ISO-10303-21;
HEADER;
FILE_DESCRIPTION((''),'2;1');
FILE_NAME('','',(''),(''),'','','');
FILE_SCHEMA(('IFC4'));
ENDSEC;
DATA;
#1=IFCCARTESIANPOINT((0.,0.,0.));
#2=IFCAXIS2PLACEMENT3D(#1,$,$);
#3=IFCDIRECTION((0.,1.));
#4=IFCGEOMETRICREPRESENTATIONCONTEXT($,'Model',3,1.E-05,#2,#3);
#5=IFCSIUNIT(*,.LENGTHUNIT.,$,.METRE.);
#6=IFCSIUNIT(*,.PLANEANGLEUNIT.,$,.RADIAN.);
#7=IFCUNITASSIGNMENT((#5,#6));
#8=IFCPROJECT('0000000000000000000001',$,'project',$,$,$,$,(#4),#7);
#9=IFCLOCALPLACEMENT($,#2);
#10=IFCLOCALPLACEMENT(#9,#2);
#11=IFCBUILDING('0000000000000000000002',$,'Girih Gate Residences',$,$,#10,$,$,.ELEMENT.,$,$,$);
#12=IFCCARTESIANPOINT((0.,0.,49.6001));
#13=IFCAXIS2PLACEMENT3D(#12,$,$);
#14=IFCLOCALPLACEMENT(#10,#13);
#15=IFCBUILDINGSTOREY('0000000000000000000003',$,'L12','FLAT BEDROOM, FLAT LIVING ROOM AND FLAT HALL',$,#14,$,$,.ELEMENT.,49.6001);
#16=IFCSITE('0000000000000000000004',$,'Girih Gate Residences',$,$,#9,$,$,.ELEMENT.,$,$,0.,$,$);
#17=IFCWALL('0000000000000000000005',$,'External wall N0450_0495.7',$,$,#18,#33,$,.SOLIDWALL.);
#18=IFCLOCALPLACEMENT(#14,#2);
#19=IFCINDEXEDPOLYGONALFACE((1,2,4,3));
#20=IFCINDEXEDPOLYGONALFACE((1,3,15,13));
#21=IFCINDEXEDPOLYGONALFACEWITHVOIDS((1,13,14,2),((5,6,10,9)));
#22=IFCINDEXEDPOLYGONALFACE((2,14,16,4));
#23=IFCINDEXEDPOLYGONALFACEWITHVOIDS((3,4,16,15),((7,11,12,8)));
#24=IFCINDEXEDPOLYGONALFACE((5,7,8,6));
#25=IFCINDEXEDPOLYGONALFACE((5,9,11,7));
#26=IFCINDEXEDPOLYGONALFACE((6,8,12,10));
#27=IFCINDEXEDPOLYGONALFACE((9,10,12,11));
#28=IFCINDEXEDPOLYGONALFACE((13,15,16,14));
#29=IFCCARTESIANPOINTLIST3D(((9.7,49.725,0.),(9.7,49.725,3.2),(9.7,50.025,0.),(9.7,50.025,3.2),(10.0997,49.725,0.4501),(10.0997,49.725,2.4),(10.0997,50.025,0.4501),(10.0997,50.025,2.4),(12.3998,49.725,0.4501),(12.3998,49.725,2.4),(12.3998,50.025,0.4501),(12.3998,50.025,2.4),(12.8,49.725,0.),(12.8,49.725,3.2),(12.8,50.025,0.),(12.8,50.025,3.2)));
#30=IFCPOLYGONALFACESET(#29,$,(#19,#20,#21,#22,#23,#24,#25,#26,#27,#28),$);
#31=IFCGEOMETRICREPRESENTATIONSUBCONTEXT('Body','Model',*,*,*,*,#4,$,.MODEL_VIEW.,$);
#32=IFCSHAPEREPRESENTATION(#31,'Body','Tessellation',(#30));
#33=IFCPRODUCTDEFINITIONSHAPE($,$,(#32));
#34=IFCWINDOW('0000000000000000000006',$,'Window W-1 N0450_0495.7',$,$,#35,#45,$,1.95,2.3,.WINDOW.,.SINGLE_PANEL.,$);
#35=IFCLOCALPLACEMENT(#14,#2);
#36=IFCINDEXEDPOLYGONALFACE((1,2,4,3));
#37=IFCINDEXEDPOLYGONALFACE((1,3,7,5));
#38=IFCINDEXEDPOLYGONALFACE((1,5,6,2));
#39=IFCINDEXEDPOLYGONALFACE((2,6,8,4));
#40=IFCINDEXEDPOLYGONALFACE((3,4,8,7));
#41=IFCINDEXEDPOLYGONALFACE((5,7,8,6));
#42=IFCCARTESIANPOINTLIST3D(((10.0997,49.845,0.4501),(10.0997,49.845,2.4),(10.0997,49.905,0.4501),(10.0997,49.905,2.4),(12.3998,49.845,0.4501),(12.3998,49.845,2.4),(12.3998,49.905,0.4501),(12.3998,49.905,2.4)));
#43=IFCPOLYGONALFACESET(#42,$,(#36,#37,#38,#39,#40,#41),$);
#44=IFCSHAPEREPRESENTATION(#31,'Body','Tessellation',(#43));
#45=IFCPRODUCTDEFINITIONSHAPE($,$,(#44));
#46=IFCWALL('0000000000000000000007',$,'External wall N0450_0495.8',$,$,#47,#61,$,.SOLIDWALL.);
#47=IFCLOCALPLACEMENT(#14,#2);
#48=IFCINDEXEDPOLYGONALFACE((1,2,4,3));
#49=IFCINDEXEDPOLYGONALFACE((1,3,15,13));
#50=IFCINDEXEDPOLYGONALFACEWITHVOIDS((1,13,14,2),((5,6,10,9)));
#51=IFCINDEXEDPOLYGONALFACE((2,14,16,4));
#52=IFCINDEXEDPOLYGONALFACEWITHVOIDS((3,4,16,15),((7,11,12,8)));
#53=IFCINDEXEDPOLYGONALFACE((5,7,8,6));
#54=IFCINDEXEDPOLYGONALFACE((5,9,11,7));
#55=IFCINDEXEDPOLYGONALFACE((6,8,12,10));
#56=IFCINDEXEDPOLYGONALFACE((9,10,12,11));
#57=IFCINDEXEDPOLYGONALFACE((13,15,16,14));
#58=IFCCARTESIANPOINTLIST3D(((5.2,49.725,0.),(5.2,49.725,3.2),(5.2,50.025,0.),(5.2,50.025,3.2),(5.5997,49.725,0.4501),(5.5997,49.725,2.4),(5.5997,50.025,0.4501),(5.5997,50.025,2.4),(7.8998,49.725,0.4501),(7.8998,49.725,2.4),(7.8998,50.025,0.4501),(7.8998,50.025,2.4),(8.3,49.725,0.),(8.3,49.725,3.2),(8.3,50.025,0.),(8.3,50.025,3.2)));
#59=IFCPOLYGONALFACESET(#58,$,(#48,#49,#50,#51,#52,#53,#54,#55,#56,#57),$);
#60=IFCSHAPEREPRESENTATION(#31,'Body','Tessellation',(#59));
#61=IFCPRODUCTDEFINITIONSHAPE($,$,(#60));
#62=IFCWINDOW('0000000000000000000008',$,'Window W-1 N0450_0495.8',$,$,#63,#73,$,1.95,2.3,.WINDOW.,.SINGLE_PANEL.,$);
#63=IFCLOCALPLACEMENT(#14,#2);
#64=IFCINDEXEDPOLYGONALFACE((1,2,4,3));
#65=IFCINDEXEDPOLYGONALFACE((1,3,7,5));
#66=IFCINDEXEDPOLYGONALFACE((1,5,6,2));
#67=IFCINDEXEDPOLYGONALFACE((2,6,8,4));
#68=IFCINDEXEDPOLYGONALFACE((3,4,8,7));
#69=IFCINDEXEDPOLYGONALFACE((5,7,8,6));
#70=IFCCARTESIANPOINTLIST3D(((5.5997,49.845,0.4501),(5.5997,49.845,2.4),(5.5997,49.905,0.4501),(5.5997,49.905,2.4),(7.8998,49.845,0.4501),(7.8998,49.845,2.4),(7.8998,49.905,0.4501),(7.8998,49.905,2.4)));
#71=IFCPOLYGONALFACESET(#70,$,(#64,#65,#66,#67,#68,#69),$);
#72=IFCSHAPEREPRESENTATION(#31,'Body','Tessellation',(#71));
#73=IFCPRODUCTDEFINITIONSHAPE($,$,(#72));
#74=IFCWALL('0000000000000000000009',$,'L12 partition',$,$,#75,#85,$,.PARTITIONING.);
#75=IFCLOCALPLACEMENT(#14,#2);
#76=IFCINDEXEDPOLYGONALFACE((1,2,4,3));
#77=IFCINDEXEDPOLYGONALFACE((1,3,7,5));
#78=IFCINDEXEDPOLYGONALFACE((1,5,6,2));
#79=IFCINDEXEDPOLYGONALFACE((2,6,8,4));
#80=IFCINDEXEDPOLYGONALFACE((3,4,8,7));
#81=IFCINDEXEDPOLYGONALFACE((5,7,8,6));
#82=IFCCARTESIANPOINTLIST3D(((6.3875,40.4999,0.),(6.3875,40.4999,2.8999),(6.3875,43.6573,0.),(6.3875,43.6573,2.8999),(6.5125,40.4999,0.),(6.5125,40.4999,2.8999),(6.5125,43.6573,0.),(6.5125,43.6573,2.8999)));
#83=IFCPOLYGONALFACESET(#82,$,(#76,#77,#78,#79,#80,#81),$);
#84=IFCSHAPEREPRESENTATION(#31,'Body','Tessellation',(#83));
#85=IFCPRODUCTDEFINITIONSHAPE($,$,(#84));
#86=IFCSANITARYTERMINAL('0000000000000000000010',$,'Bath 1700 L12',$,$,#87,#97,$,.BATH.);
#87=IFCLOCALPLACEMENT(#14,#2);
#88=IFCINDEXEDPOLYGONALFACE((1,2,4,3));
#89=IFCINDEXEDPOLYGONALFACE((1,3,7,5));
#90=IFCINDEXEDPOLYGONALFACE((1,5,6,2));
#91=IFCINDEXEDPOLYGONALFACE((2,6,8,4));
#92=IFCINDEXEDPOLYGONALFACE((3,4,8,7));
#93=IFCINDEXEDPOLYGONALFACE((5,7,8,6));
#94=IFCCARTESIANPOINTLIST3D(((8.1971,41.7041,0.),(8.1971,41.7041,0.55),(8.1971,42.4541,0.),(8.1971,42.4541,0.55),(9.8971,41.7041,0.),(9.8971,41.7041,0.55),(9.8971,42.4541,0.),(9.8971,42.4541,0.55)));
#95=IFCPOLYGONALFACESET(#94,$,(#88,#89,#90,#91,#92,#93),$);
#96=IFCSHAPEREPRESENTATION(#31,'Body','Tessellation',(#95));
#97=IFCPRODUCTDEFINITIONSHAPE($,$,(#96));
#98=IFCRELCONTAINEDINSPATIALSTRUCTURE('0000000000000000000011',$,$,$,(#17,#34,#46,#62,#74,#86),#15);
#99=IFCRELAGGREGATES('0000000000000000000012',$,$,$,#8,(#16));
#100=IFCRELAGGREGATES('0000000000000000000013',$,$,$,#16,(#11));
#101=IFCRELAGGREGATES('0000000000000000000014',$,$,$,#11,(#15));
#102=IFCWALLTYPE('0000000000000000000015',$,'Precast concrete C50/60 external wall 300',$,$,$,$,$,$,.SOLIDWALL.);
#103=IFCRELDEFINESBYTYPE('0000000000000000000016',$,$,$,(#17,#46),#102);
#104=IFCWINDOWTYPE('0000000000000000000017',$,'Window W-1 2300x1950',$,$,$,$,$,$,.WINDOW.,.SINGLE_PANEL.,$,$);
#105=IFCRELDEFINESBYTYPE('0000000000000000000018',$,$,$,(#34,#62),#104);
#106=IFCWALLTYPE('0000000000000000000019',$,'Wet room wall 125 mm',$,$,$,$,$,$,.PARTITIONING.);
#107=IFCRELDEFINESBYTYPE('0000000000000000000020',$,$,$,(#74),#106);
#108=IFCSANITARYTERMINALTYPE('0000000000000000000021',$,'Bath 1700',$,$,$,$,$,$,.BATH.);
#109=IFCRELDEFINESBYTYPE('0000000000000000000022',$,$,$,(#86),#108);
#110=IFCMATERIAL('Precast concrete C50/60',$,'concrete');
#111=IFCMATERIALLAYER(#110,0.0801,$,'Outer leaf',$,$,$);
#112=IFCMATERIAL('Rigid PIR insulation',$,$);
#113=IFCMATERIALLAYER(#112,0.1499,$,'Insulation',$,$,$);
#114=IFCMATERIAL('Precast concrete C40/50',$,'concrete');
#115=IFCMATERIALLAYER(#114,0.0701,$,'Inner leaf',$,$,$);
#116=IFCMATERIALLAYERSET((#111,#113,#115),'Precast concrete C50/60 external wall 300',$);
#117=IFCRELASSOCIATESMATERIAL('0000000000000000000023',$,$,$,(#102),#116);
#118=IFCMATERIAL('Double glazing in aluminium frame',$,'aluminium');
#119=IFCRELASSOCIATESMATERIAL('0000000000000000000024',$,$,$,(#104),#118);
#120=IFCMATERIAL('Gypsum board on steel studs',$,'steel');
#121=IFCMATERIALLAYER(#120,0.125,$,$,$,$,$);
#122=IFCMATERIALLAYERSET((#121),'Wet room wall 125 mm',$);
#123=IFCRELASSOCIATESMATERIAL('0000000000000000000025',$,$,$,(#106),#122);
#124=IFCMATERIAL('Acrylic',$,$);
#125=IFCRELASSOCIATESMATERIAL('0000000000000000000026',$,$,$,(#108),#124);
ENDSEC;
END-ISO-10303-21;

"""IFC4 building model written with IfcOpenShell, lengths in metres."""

from ifc_helpers import new_model, si_unit, direction, frame, frame_2d, origin, origin_2d, place, context, subcontext, project, spatial, rectangle, extrude, material, layer, layer_set, type_object, element, fill, save


model = new_model("IFC4")

# Units and contexts
model_context = context("Model", 3, precision=1e-05, world=origin(), true_north=direction((0.0, 1.0)))
body_context = subcontext(model_context, "Body", "Model", "MODEL_VIEW")
ifc_project = project(units=[si_unit("LENGTHUNIT", "METRE"), si_unit("PLANEANGLEUNIT", "RADIAN")], contexts=[model_context])

# Site, building, storey
site_placement = place(None, origin())
site = spatial("IfcSite", under=ifc_project, at=site_placement, Name="Girih Gate Residences", CompositionType="ELEMENT", RefElevation=0.0)
building_placement = place(site_placement, origin())
building = spatial("IfcBuilding", under=site, at=building_placement, Name="Girih Gate Residences", CompositionType="ELEMENT")
storey_placement = place(building_placement, frame((0.0, 0.0, 49.6001)))
storey = spatial("IfcBuildingStorey", under=building, at=storey_placement, Name="L12", Description="FLAT BEDROOM, FLAT LIVING ROOM AND FLAT HALL", CompositionType="ELEMENT", Elevation=49.6001)

# Shared definitions
ifc_material_1 = material(Name="Gypsum board on steel studs", Category="steel")

# Walls, openings, windows
ifc_material_2 = material(Name="Precast concrete C50/60", Category="concrete")
ifc_layer_1 = layer(ifc_material_2, 0.0801, Name="Outer leaf")
ifc_material_3 = material(Name="Rigid PIR insulation")
ifc_layer_2 = layer(ifc_material_3, 0.1499, Name="Insulation")
ifc_material_4 = material(Name="Precast concrete C40/50", Category="concrete")
ifc_layer_3 = layer(ifc_material_4, 0.0701, Name="Inner leaf")
ifc_layer_set_1 = layer_set([ifc_layer_1, ifc_layer_2, ifc_layer_3], Name="Precast concrete C50/60 external wall 300")
wall_type_1 = type_object("IfcWallType", Name="Precast concrete C50/60 external wall 300", PredefinedType="SOLIDWALL", material=ifc_layer_set_1)
wall_1_placement = place(storey_placement, frame((9.7, 49.875, 0.0), z_axis=(0.0, 0.0, 1.0), x_axis=(1.0, 0.0, 0.0)))
wall_1 = element("IfcWall", 1, at=wall_1_placement, inside=storey, type_object=wall_type_1, Name="External wall N0450_0495.7", PredefinedType="SOLIDWALL", context=body_context, shape_type="SweptSolid", body=[
    extrude(rectangle(XDim=3.1001, YDim=0.3, at=frame_2d((1.55, 0.0))), origin(), (0.0, 0.0, 1.0), 3.2),
])
opening_1_placement = place(wall_1_placement, frame((0.3999, 0.0, 0.45)))
opening_1 = element("IfcOpeningElement", 2, at=opening_1_placement, cuts=wall_1, PredefinedType="OPENING", context=body_context, shape_type="SweptSolid", body=[
    extrude(rectangle(XDim=2.3, YDim=1.95, at=frame_2d((1.1499, 0.9751))), frame((0.0, 0.1599, 0.0), z_axis=(0.0, -1.0, 0.0), x_axis=(1.0, 0.0, 0.0)), (0.0, 0.0, 1.0), 0.3201),
])
ifc_material_5 = material(Name="Double glazing in aluminium frame", Category="aluminium")
window_type = type_object("IfcWindowType", Name="Window W-1 2300x1950", PartitioningType="SINGLE_PANEL", PredefinedType="WINDOW", material=ifc_material_5)
window_1_placement = place(opening_1_placement, origin())
window_1 = element("IfcWindow", 3, at=window_1_placement, inside=storey, type_object=window_type, Name="Window W-1 N0450_0495.7", OverallHeight=1.95, OverallWidth=2.3, PartitioningType="SINGLE_PANEL", PredefinedType="WINDOW", context=body_context, shape_type="SweptSolid", body=[
    extrude(rectangle(XDim=2.3, YDim=1.95, at=frame_2d((1.1499, 0.9751))), frame((0.0, 0.03, 0.0), z_axis=(0.0, -1.0, 0.0), x_axis=(1.0, 0.0, 0.0)), (0.0, 0.0, 1.0), 0.0601),
])
fill(opening_1, window_1)
wall_2_placement = place(storey_placement, frame((5.2, 49.875, 0.0), z_axis=(0.0, 0.0, 1.0), x_axis=(1.0, 0.0, 0.0)))
wall_2 = element("IfcWall", 4, at=wall_2_placement, inside=storey, type_object=wall_type_1, Name="External wall N0450_0495.8", PredefinedType="SOLIDWALL", context=body_context, shape_type="SweptSolid", body=[
    extrude(rectangle(XDim=3.1001, YDim=0.3, at=frame_2d((1.55, 0.0))), origin(), (0.0, 0.0, 1.0), 3.2),
])
opening_2_placement = place(wall_2_placement, frame((0.3999, 0.0, 0.45)))
opening_2 = element("IfcOpeningElement", 5, at=opening_2_placement, cuts=wall_2, PredefinedType="OPENING", context=body_context, shape_type="SweptSolid", body=[
    extrude(rectangle(XDim=2.3, YDim=1.95, at=frame_2d((1.1499, 0.9751))), frame((0.0, 0.1599, 0.0), z_axis=(0.0, -1.0, 0.0), x_axis=(1.0, 0.0, 0.0)), (0.0, 0.0, 1.0), 0.3201),
])
window_2_placement = place(opening_2_placement, origin())
window_2 = element("IfcWindow", 6, at=window_2_placement, inside=storey, type_object=window_type, Name="Window W-1 N0450_0495.8", OverallHeight=1.95, OverallWidth=2.3, PartitioningType="SINGLE_PANEL", PredefinedType="WINDOW", context=body_context, shape_type="SweptSolid", body=[
    extrude(rectangle(XDim=2.3, YDim=1.95, at=frame_2d((1.1499, 0.9751))), frame((0.0, 0.03, 0.0), z_axis=(0.0, -1.0, 0.0), x_axis=(1.0, 0.0, 0.0)), (0.0, 0.0, 1.0), 0.0601),
])
fill(opening_2, window_2)

# Wall
ifc_layer_4 = layer(ifc_material_1, 0.125)
ifc_layer_set_2 = layer_set([ifc_layer_4], Name="Wet room wall 125 mm")
wall_type_2 = type_object("IfcWallType", Name="Wet room wall 125 mm", PredefinedType="PARTITIONING", material=ifc_layer_set_2)
wall_3_placement = place(storey_placement, frame((6.45, 40.5, 0.0), z_axis=(0.0, 0.0, 1.0), x_axis=(0.0, 1.0, 0.0)))
element("IfcWall", 7, at=wall_3_placement, inside=storey, type_object=wall_type_2, Name="L12 partition", PredefinedType="PARTITIONING", context=body_context, shape_type="SweptSolid", body=[
    extrude(rectangle(XDim=3.1575, YDim=0.125, at=frame_2d((1.5786, 0.0))), origin(), (0.0, 0.0, 1.0), 2.8999),
])

# Sanitary terminal
ifc_material_6 = material(Name="Acrylic")
sanitary_terminal_type = type_object("IfcSanitaryTerminalType", Name="Bath 1700", PredefinedType="BATH", material=ifc_material_6)
sanitary_terminal_placement = place(storey_placement, frame((9.0471, 42.0791, 0.0), z_axis=(0.0, 0.0, 1.0), x_axis=(1.0, 0.0, 0.0)))
element("IfcSanitaryTerminal", 8, at=sanitary_terminal_placement, inside=storey, type_object=sanitary_terminal_type, Name="Bath 1700 L12", PredefinedType="BATH", context=body_context, shape_type="SweptSolid", body=[
    extrude(rectangle(XDim=1.7, YDim=0.75, at=origin_2d()), origin(), (0.0, 0.0, 1.0), 0.55),
])

save(model, "model.ifc")
